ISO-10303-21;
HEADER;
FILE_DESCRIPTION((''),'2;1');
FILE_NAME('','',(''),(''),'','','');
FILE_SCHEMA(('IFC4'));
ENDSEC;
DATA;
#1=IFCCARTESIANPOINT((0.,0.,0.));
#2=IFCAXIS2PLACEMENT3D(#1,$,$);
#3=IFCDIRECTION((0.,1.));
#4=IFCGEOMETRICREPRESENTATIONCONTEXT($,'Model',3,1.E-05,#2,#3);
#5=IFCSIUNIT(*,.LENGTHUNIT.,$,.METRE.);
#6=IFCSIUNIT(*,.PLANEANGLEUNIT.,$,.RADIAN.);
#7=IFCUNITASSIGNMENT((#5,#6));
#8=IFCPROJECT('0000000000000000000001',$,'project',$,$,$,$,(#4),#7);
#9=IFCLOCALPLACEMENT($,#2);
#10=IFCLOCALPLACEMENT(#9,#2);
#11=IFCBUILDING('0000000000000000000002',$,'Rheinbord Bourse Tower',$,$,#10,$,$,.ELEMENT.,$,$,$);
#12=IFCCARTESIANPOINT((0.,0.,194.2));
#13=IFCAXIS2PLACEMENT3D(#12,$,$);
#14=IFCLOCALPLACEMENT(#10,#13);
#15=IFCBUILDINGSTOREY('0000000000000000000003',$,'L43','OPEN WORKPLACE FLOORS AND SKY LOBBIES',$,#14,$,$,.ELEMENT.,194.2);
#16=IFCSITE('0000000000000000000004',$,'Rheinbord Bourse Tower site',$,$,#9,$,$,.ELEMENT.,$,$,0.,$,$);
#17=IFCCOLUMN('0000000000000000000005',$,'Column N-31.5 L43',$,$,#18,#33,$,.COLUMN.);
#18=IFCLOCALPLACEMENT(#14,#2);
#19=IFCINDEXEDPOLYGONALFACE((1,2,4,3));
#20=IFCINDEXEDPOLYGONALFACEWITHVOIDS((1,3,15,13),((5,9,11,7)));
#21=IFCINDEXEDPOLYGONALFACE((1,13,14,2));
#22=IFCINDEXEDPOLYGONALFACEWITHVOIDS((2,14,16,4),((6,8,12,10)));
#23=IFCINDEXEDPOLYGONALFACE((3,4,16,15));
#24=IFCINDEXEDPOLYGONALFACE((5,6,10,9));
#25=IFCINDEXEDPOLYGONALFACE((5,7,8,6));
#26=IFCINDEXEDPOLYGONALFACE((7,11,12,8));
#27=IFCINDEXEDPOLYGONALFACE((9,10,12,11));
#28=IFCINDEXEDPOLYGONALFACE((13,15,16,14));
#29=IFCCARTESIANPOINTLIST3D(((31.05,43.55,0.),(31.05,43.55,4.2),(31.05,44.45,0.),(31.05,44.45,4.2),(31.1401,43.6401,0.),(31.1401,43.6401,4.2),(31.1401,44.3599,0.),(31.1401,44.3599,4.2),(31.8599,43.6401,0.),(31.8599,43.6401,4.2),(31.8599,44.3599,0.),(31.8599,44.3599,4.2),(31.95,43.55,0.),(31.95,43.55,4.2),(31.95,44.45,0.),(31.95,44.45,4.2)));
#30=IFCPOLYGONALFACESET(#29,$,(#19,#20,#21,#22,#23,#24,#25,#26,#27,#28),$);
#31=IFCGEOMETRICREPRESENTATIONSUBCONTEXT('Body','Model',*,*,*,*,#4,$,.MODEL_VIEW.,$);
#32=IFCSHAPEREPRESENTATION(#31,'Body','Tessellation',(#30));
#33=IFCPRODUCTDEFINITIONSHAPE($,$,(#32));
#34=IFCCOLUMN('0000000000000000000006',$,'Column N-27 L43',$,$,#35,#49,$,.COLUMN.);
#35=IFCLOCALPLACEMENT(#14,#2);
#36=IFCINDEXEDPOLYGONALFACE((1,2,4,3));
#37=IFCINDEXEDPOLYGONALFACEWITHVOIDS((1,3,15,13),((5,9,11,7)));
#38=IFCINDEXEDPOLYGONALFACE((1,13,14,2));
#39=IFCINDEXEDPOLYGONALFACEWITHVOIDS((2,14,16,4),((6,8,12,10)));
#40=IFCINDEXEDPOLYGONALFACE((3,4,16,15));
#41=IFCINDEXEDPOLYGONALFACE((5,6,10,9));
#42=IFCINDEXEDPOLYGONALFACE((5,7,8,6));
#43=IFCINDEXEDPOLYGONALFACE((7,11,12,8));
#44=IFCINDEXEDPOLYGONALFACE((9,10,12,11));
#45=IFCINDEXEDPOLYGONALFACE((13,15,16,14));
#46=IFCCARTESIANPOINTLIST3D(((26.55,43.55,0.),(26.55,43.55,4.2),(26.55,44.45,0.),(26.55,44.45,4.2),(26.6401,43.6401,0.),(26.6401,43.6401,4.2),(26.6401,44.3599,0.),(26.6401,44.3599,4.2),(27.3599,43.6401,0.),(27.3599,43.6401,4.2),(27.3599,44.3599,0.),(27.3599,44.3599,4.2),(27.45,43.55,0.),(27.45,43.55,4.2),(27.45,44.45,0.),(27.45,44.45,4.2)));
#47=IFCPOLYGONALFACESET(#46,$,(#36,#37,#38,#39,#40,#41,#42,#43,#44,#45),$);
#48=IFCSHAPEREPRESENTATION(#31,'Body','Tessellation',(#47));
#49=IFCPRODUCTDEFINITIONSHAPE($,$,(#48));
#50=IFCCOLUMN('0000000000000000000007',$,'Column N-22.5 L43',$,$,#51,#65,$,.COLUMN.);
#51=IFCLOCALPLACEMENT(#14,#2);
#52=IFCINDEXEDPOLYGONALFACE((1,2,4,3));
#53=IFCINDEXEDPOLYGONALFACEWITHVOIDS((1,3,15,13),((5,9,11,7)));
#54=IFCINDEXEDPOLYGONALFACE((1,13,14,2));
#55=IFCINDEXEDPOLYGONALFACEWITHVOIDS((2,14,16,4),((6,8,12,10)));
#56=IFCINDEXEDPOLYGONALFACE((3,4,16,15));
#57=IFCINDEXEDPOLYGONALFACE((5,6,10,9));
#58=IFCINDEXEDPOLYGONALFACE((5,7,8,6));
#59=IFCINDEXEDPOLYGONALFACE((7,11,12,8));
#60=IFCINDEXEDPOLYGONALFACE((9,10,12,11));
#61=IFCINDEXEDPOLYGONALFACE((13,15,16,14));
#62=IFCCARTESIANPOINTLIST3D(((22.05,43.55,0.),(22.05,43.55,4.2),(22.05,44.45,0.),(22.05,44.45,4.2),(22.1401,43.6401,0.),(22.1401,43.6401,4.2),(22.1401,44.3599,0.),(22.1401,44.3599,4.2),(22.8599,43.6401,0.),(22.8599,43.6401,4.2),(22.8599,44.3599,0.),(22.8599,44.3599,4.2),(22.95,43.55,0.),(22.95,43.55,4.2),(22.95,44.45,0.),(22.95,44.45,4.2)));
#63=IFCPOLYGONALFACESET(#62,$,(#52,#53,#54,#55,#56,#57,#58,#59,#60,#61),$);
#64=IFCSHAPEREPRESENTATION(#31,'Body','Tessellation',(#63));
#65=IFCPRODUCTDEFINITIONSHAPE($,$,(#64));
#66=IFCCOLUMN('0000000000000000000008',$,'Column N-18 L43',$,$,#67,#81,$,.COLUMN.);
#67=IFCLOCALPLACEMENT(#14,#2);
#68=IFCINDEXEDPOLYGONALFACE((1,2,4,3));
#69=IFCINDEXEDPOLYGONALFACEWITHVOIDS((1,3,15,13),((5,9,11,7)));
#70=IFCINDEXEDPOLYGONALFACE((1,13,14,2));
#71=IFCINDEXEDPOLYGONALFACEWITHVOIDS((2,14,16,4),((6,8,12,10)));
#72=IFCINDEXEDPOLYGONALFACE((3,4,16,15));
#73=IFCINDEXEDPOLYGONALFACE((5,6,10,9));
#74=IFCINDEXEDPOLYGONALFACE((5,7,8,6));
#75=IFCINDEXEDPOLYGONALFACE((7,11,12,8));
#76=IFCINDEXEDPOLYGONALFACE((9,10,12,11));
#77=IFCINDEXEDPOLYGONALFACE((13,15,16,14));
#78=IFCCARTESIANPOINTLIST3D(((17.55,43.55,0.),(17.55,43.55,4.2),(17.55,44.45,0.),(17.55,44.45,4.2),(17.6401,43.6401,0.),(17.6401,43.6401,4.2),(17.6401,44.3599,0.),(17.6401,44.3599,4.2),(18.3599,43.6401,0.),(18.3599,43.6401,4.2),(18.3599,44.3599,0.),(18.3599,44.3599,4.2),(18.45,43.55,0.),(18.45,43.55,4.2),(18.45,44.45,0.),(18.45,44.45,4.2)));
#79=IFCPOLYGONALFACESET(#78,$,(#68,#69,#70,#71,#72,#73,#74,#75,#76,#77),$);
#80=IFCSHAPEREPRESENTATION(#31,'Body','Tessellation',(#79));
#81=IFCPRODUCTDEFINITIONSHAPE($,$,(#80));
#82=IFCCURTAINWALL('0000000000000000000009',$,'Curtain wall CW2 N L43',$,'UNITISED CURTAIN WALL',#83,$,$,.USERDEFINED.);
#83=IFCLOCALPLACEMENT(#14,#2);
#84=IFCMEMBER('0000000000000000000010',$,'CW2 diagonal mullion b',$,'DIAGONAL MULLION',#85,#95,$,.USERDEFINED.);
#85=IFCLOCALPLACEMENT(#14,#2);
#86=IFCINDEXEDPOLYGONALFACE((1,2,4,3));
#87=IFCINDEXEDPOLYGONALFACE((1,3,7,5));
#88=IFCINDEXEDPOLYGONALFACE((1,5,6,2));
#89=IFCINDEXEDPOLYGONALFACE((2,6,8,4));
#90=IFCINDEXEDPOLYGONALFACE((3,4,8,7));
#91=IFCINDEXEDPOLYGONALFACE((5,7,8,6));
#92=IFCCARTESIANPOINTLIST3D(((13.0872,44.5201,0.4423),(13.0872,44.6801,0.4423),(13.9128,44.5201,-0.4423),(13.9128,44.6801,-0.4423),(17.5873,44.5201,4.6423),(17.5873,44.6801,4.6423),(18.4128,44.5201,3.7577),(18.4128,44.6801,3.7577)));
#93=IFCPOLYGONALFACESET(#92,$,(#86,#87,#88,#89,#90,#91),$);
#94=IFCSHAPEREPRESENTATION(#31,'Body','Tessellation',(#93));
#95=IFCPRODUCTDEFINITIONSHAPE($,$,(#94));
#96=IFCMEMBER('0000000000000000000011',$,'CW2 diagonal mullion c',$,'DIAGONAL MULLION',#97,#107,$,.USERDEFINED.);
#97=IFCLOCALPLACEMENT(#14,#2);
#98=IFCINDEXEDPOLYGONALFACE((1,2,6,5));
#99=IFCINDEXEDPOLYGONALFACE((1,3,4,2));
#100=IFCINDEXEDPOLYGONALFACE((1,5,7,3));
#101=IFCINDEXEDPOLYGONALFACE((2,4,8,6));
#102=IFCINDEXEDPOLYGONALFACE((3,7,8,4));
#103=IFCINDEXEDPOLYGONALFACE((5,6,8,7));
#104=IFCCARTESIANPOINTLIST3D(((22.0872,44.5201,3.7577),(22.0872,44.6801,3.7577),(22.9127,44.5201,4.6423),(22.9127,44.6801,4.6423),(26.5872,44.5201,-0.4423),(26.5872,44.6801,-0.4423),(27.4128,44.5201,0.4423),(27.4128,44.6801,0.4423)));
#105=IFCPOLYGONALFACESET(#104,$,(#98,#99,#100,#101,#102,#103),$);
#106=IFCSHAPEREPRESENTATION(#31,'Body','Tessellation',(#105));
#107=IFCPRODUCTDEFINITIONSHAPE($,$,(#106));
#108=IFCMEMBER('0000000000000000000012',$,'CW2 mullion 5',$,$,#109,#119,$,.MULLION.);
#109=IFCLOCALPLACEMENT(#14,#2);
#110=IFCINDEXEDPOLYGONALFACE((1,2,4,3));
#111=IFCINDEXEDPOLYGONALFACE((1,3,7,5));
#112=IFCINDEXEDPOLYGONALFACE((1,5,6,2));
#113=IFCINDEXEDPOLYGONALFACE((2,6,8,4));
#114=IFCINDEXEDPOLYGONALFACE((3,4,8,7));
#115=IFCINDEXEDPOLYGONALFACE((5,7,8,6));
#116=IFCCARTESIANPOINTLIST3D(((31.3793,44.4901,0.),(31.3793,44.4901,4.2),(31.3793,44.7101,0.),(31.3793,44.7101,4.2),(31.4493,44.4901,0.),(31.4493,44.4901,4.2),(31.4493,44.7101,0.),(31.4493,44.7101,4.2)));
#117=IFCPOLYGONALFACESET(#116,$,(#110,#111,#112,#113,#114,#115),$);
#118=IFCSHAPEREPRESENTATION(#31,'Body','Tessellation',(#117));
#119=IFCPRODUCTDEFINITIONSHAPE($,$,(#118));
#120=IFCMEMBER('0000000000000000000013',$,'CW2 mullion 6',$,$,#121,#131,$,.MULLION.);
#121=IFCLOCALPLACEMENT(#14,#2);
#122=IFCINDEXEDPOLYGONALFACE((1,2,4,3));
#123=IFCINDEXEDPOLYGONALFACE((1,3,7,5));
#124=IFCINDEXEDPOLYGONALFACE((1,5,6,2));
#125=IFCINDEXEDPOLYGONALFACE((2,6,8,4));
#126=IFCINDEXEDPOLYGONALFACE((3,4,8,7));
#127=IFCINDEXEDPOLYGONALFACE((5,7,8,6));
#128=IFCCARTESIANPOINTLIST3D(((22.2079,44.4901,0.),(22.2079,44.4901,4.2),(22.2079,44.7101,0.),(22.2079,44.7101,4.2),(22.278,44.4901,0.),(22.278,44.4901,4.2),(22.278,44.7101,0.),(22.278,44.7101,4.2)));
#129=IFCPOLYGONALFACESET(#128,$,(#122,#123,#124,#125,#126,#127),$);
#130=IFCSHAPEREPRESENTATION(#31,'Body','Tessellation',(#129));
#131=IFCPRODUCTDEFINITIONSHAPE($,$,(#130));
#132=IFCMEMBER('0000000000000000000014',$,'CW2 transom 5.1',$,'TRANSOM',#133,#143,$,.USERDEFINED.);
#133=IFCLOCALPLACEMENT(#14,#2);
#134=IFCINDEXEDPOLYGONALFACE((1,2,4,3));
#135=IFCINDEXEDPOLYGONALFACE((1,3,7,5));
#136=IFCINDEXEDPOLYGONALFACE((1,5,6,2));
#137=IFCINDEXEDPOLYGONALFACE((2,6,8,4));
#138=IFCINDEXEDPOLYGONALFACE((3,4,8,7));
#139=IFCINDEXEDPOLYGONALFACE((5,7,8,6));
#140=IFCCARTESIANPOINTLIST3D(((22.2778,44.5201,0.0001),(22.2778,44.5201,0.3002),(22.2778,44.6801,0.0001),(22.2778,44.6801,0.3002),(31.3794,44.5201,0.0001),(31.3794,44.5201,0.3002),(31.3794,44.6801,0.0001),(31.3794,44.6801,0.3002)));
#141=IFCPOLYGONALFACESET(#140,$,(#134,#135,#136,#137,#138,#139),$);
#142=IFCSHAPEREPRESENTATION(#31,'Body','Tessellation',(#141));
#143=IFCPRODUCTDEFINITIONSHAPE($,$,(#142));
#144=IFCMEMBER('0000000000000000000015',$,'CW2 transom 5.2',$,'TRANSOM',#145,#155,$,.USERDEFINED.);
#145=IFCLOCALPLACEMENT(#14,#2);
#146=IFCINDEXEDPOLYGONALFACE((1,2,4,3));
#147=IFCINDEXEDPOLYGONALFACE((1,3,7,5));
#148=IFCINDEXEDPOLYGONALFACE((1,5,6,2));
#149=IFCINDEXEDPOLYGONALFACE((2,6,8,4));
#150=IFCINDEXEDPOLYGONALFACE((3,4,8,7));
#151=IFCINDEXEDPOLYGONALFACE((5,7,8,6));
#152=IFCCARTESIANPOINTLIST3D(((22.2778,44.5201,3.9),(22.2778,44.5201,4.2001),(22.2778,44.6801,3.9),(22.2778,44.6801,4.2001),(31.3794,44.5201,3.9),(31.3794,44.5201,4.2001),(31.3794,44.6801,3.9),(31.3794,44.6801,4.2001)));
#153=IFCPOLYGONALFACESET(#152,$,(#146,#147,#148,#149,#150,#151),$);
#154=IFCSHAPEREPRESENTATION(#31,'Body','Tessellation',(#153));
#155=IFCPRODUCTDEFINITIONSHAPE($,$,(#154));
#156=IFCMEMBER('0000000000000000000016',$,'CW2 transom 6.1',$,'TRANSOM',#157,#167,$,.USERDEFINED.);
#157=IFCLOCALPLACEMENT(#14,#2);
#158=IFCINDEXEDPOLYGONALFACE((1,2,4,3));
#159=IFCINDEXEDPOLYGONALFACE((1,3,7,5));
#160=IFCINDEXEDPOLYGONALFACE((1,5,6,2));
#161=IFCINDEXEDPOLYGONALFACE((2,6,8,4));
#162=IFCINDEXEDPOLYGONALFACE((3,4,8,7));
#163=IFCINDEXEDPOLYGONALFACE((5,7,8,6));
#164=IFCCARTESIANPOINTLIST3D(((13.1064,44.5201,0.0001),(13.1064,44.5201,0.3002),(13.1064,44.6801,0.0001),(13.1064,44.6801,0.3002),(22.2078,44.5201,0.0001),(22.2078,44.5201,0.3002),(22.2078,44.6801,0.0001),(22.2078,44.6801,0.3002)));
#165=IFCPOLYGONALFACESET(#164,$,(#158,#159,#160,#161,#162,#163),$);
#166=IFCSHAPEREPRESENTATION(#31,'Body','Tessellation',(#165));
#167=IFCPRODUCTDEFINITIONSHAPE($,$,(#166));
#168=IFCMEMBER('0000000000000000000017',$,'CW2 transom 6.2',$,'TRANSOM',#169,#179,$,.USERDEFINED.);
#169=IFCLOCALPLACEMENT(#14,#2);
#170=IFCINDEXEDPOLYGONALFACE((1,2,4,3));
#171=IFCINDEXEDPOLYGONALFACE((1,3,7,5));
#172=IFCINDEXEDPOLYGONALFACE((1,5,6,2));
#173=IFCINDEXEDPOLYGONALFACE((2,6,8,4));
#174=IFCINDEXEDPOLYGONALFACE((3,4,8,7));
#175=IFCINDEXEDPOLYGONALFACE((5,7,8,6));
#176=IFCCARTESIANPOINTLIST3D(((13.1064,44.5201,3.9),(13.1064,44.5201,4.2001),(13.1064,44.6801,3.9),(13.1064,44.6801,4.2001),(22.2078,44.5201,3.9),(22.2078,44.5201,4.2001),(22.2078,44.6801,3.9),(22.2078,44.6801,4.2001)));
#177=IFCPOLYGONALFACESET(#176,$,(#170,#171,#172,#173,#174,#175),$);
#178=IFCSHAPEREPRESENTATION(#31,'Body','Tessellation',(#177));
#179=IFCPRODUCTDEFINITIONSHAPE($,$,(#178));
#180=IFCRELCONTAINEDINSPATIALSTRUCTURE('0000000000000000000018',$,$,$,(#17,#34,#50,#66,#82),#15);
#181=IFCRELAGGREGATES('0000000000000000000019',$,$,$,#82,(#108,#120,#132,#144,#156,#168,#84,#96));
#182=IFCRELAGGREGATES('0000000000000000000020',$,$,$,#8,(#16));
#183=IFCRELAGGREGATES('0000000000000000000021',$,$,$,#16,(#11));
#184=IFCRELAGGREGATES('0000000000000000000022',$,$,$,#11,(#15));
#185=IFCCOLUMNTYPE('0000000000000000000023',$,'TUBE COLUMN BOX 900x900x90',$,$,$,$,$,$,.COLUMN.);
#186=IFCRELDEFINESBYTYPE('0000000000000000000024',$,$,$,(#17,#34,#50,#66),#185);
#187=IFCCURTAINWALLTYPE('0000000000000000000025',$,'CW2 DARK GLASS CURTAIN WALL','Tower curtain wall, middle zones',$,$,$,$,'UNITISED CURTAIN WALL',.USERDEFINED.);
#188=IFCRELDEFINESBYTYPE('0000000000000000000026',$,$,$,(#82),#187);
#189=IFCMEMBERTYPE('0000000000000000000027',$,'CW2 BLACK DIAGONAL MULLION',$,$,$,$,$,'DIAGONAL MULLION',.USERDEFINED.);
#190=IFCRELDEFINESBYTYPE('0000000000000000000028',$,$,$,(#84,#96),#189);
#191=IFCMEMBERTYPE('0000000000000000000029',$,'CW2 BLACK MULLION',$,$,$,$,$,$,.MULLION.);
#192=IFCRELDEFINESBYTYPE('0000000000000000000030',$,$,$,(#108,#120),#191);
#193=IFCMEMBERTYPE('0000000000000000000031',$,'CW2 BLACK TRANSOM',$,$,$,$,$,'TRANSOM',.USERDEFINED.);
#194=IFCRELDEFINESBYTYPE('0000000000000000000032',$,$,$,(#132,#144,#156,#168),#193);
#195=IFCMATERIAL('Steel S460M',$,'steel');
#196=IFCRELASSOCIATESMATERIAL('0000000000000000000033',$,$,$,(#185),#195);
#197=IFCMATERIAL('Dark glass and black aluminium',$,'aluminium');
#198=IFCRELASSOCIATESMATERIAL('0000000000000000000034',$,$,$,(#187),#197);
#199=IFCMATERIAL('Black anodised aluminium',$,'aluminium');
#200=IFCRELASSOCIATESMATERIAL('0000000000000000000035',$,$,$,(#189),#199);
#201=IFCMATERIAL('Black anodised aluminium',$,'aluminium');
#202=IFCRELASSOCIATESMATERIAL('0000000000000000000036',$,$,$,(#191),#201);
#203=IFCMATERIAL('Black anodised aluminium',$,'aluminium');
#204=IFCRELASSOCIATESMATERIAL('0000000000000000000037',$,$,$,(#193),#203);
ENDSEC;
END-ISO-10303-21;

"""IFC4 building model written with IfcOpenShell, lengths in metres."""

from ifc_helpers import new_model, si_unit, direction, frame, origin, origin_2d, place, context, subcontext, project, spatial, rectangle, hollow_rectangle, extrude, material, material_profile, profile_set, type_object, element, aggregate, save


model = new_model("IFC4")

# Units and contexts
model_context = context("Model", 3, precision=1e-05, world=origin(), true_north=direction((0.0, 1.0)))
body_context = subcontext(model_context, "Body", "Model", "MODEL_VIEW")
ifc_project = project(units=[si_unit("LENGTHUNIT", "METRE"), si_unit("PLANEANGLEUNIT", "RADIAN")], contexts=[model_context])

# Site, building, storey
site_placement = place(None, origin())
site = spatial("IfcSite", under=ifc_project, at=site_placement, Name="Rheinbord Bourse Tower site", CompositionType="ELEMENT", RefElevation=0.0)
building_placement = place(site_placement, origin())
building = spatial("IfcBuilding", under=site, at=building_placement, Name="Rheinbord Bourse Tower", CompositionType="ELEMENT")
storey_placement = place(building_placement, frame((0.0, 0.0, 194.2)))
storey = spatial("IfcBuildingStorey", under=building, at=storey_placement, Name="L43", Description="OPEN WORKPLACE FLOORS AND SKY LOBBIES", CompositionType="ELEMENT", Elevation=194.2)

# Columns
ifc_material_1 = material(Name="Steel S460M", Category="steel")
ifc_material_profile_1 = material_profile(ifc_material_1, hollow_rectangle(XDim=0.8999, YDim=0.8999, WallThickness=0.0901, at=origin_2d()), Name="BOX 900x900x90")
ifc_profile_set_1 = profile_set([ifc_material_profile_1], Name="Steel S460M")
column_type = type_object("IfcColumnType", Name="TUBE COLUMN BOX 900x900x90", PredefinedType="COLUMN", material=ifc_profile_set_1)
for number, where, z_axis, x_axis, name in (
    (1, (31.5, 44.0, 0.0), (0.0, 0.0, 1.0), (0.0, 1.0, 0.0), "Column N-31.5 L43"),
    (2, (27.0, 44.0, 0.0), (0.0, 0.0, 1.0), (0.0, 1.0, 0.0), "Column N-27 L43"),
    (3, (22.5, 44.0, 0.0), (0.0, 0.0, 1.0), (0.0, 1.0, 0.0), "Column N-22.5 L43"),
    (4, (18.0, 44.0, 0.0), (0.0, 0.0, 1.0), (0.0, 1.0, 0.0), "Column N-18 L43"),
):
    element("IfcColumn", number, at=place(storey_placement, frame(where, z_axis=z_axis, x_axis=x_axis)), inside=storey, type_object=column_type, Name=name, PredefinedType="COLUMN", context=body_context, shape_type="SweptSolid", body=[
        extrude(hollow_rectangle(XDim=0.8999, YDim=0.8999, WallThickness=0.0901, at=origin_2d()), origin(), (0.0, 0.0, 1.0), 4.2),
    ])

# Curtain wall, members
ifc_material_2 = material(Name="Dark glass and black aluminium", Category="aluminium")
curtain_wall_type = type_object("IfcCurtainWallType", Name="CW2 DARK GLASS CURTAIN WALL", Description="Tower curtain wall, middle zones", ElementType="UNITISED CURTAIN WALL", PredefinedType="USERDEFINED", material=ifc_material_2)
curtain_wall_placement = place(storey_placement, origin())
curtain_wall = element("IfcCurtainWall", 5, at=curtain_wall_placement, inside=storey, type_object=curtain_wall_type, Name="Curtain wall CW2 N L43", ObjectType="UNITISED CURTAIN WALL", PredefinedType="USERDEFINED")
ifc_material_3 = material(Name="Black anodised aluminium", Category="aluminium")
ifc_material_profile_2 = material_profile(ifc_material_3, rectangle(XDim=0.1599, YDim=1.21, at=origin_2d()), Name="CW2 DIAGONAL MULLION 1210x160")
ifc_profile_set_2 = profile_set([ifc_material_profile_2], Name="Black anodised aluminium")
member_type_1 = type_object("IfcMemberType", Name="CW2 BLACK DIAGONAL MULLION", ElementType="DIAGONAL MULLION", PredefinedType="USERDEFINED", material=ifc_profile_set_2)
member_1_placement = place(storey_placement, frame((13.5, 44.6001, 0.0), z_axis=(0.731059, 0.0, 0.682314), x_axis=(0.0, 1.0, 0.0)))
member_1 = element("IfcMember", 6, at=member_1_placement, type_object=member_type_1, Name="CW2 diagonal mullion b", ObjectType="DIAGONAL MULLION", PredefinedType="USERDEFINED", context=body_context, shape_type="SweptSolid", body=[
    extrude(rectangle(XDim=0.1599, YDim=1.21, at=origin_2d()), origin(), (0.0, 0.0, 1.0), 6.1555),
])
member_2_placement = place(storey_placement, frame((27.0, 44.6001, 0.0), z_axis=(-0.731059, 0.0, 0.682314), x_axis=(0.0, -1.0, 0.0)))
member_2 = element("IfcMember", 7, at=member_2_placement, type_object=member_type_1, Name="CW2 diagonal mullion c", ObjectType="DIAGONAL MULLION", PredefinedType="USERDEFINED", context=body_context, shape_type="SweptSolid", body=[
    extrude(rectangle(XDim=0.1599, YDim=1.21, at=origin_2d()), origin(), (0.0, 0.0, 1.0), 6.1555),
])
ifc_material_4 = material(Name="Black anodised aluminium", Category="aluminium")
ifc_material_profile_3 = material_profile(ifc_material_4, rectangle(XDim=0.22, YDim=0.0701, at=origin_2d()), Name="CW2 MULLION 70x220")
ifc_profile_set_3 = profile_set([ifc_material_profile_3], Name="Black anodised aluminium")
member_type_2 = type_object("IfcMemberType", Name="CW2 BLACK MULLION", PredefinedType="MULLION", material=ifc_profile_set_3)
member_3_placement = place(storey_placement, frame((31.4143, 44.6001, 0.0), z_axis=(0.0, 0.0, 1.0), x_axis=(0.0, -1.0, 0.0)))
member_3 = element("IfcMember", 8, at=member_3_placement, type_object=member_type_2, Name="CW2 mullion 5", PredefinedType="MULLION", context=body_context, shape_type="SweptSolid", body=[
    extrude(rectangle(XDim=0.22, YDim=0.0701, at=origin_2d()), origin(), (0.0, 0.0, 1.0), 4.2),
])
member_4_placement = place(storey_placement, frame((22.2429, 44.6001, 0.0), z_axis=(0.0, 0.0, 1.0), x_axis=(0.0, -1.0, 0.0)))
member_4 = element("IfcMember", 9, at=member_4_placement, type_object=member_type_2, Name="CW2 mullion 6", PredefinedType="MULLION", context=body_context, shape_type="SweptSolid", body=[
    extrude(rectangle(XDim=0.22, YDim=0.0701, at=origin_2d()), origin(), (0.0, 0.0, 1.0), 4.2),
])
ifc_material_5 = material(Name="Black anodised aluminium", Category="aluminium")
ifc_material_profile_4 = material_profile(ifc_material_5, rectangle(XDim=0.1599, YDim=0.3, at=origin_2d()), Name="CW2 TRANSOM 300x160")
ifc_profile_set_4 = profile_set([ifc_material_profile_4], Name="Black anodised aluminium")
member_type_3 = type_object("IfcMemberType", Name="CW2 BLACK TRANSOM", ElementType="TRANSOM", PredefinedType="USERDEFINED", material=ifc_profile_set_4)
member_5_placement = place(storey_placement, frame((31.3794, 44.6001, 0.1501), z_axis=(-1.0, 0.0, 0.0), x_axis=(0.0, -1.0, 0.0)))
member_5 = element("IfcMember", 10, at=member_5_placement, type_object=member_type_3, Name="CW2 transom 5.1", ObjectType="TRANSOM", PredefinedType="USERDEFINED", context=body_context, shape_type="SweptSolid", body=[
    extrude(rectangle(XDim=0.1599, YDim=0.3, at=origin_2d()), origin(), (0.0, 0.0, 1.0), 9.1016),
])
member_6_placement = place(storey_placement, frame((31.3794, 44.6001, 4.05), z_axis=(-1.0, 0.0, 0.0), x_axis=(0.0, -1.0, 0.0)))
member_6 = element("IfcMember", 11, at=member_6_placement, type_object=member_type_3, Name="CW2 transom 5.2", ObjectType="TRANSOM", PredefinedType="USERDEFINED", context=body_context, shape_type="SweptSolid", body=[
    extrude(rectangle(XDim=0.1599, YDim=0.3, at=origin_2d()), origin(), (0.0, 0.0, 1.0), 9.1016),
])
member_7_placement = place(storey_placement, frame((22.2078, 44.6001, 0.1501), z_axis=(-1.0, 0.0, 0.0), x_axis=(0.0, -1.0, 0.0)))
member_7 = element("IfcMember", 12, at=member_7_placement, type_object=member_type_3, Name="CW2 transom 6.1", ObjectType="TRANSOM", PredefinedType="USERDEFINED", context=body_context, shape_type="SweptSolid", body=[
    extrude(rectangle(XDim=0.1599, YDim=0.3, at=origin_2d()), origin(), (0.0, 0.0, 1.0), 9.1013),
])
member_8_placement = place(storey_placement, frame((22.2078, 44.6001, 4.05), z_axis=(-1.0, 0.0, 0.0), x_axis=(0.0, -1.0, 0.0)))
member_8 = element("IfcMember", 13, at=member_8_placement, type_object=member_type_3, Name="CW2 transom 6.2", ObjectType="TRANSOM", PredefinedType="USERDEFINED", context=body_context, shape_type="SweptSolid", body=[
    extrude(rectangle(XDim=0.1599, YDim=0.3, at=origin_2d()), origin(), (0.0, 0.0, 1.0), 9.1013),
])

aggregate(curtain_wall, [member_3, member_4, member_5, member_6, member_7, member_8, member_1, member_2])

save(model, "model.ifc")
